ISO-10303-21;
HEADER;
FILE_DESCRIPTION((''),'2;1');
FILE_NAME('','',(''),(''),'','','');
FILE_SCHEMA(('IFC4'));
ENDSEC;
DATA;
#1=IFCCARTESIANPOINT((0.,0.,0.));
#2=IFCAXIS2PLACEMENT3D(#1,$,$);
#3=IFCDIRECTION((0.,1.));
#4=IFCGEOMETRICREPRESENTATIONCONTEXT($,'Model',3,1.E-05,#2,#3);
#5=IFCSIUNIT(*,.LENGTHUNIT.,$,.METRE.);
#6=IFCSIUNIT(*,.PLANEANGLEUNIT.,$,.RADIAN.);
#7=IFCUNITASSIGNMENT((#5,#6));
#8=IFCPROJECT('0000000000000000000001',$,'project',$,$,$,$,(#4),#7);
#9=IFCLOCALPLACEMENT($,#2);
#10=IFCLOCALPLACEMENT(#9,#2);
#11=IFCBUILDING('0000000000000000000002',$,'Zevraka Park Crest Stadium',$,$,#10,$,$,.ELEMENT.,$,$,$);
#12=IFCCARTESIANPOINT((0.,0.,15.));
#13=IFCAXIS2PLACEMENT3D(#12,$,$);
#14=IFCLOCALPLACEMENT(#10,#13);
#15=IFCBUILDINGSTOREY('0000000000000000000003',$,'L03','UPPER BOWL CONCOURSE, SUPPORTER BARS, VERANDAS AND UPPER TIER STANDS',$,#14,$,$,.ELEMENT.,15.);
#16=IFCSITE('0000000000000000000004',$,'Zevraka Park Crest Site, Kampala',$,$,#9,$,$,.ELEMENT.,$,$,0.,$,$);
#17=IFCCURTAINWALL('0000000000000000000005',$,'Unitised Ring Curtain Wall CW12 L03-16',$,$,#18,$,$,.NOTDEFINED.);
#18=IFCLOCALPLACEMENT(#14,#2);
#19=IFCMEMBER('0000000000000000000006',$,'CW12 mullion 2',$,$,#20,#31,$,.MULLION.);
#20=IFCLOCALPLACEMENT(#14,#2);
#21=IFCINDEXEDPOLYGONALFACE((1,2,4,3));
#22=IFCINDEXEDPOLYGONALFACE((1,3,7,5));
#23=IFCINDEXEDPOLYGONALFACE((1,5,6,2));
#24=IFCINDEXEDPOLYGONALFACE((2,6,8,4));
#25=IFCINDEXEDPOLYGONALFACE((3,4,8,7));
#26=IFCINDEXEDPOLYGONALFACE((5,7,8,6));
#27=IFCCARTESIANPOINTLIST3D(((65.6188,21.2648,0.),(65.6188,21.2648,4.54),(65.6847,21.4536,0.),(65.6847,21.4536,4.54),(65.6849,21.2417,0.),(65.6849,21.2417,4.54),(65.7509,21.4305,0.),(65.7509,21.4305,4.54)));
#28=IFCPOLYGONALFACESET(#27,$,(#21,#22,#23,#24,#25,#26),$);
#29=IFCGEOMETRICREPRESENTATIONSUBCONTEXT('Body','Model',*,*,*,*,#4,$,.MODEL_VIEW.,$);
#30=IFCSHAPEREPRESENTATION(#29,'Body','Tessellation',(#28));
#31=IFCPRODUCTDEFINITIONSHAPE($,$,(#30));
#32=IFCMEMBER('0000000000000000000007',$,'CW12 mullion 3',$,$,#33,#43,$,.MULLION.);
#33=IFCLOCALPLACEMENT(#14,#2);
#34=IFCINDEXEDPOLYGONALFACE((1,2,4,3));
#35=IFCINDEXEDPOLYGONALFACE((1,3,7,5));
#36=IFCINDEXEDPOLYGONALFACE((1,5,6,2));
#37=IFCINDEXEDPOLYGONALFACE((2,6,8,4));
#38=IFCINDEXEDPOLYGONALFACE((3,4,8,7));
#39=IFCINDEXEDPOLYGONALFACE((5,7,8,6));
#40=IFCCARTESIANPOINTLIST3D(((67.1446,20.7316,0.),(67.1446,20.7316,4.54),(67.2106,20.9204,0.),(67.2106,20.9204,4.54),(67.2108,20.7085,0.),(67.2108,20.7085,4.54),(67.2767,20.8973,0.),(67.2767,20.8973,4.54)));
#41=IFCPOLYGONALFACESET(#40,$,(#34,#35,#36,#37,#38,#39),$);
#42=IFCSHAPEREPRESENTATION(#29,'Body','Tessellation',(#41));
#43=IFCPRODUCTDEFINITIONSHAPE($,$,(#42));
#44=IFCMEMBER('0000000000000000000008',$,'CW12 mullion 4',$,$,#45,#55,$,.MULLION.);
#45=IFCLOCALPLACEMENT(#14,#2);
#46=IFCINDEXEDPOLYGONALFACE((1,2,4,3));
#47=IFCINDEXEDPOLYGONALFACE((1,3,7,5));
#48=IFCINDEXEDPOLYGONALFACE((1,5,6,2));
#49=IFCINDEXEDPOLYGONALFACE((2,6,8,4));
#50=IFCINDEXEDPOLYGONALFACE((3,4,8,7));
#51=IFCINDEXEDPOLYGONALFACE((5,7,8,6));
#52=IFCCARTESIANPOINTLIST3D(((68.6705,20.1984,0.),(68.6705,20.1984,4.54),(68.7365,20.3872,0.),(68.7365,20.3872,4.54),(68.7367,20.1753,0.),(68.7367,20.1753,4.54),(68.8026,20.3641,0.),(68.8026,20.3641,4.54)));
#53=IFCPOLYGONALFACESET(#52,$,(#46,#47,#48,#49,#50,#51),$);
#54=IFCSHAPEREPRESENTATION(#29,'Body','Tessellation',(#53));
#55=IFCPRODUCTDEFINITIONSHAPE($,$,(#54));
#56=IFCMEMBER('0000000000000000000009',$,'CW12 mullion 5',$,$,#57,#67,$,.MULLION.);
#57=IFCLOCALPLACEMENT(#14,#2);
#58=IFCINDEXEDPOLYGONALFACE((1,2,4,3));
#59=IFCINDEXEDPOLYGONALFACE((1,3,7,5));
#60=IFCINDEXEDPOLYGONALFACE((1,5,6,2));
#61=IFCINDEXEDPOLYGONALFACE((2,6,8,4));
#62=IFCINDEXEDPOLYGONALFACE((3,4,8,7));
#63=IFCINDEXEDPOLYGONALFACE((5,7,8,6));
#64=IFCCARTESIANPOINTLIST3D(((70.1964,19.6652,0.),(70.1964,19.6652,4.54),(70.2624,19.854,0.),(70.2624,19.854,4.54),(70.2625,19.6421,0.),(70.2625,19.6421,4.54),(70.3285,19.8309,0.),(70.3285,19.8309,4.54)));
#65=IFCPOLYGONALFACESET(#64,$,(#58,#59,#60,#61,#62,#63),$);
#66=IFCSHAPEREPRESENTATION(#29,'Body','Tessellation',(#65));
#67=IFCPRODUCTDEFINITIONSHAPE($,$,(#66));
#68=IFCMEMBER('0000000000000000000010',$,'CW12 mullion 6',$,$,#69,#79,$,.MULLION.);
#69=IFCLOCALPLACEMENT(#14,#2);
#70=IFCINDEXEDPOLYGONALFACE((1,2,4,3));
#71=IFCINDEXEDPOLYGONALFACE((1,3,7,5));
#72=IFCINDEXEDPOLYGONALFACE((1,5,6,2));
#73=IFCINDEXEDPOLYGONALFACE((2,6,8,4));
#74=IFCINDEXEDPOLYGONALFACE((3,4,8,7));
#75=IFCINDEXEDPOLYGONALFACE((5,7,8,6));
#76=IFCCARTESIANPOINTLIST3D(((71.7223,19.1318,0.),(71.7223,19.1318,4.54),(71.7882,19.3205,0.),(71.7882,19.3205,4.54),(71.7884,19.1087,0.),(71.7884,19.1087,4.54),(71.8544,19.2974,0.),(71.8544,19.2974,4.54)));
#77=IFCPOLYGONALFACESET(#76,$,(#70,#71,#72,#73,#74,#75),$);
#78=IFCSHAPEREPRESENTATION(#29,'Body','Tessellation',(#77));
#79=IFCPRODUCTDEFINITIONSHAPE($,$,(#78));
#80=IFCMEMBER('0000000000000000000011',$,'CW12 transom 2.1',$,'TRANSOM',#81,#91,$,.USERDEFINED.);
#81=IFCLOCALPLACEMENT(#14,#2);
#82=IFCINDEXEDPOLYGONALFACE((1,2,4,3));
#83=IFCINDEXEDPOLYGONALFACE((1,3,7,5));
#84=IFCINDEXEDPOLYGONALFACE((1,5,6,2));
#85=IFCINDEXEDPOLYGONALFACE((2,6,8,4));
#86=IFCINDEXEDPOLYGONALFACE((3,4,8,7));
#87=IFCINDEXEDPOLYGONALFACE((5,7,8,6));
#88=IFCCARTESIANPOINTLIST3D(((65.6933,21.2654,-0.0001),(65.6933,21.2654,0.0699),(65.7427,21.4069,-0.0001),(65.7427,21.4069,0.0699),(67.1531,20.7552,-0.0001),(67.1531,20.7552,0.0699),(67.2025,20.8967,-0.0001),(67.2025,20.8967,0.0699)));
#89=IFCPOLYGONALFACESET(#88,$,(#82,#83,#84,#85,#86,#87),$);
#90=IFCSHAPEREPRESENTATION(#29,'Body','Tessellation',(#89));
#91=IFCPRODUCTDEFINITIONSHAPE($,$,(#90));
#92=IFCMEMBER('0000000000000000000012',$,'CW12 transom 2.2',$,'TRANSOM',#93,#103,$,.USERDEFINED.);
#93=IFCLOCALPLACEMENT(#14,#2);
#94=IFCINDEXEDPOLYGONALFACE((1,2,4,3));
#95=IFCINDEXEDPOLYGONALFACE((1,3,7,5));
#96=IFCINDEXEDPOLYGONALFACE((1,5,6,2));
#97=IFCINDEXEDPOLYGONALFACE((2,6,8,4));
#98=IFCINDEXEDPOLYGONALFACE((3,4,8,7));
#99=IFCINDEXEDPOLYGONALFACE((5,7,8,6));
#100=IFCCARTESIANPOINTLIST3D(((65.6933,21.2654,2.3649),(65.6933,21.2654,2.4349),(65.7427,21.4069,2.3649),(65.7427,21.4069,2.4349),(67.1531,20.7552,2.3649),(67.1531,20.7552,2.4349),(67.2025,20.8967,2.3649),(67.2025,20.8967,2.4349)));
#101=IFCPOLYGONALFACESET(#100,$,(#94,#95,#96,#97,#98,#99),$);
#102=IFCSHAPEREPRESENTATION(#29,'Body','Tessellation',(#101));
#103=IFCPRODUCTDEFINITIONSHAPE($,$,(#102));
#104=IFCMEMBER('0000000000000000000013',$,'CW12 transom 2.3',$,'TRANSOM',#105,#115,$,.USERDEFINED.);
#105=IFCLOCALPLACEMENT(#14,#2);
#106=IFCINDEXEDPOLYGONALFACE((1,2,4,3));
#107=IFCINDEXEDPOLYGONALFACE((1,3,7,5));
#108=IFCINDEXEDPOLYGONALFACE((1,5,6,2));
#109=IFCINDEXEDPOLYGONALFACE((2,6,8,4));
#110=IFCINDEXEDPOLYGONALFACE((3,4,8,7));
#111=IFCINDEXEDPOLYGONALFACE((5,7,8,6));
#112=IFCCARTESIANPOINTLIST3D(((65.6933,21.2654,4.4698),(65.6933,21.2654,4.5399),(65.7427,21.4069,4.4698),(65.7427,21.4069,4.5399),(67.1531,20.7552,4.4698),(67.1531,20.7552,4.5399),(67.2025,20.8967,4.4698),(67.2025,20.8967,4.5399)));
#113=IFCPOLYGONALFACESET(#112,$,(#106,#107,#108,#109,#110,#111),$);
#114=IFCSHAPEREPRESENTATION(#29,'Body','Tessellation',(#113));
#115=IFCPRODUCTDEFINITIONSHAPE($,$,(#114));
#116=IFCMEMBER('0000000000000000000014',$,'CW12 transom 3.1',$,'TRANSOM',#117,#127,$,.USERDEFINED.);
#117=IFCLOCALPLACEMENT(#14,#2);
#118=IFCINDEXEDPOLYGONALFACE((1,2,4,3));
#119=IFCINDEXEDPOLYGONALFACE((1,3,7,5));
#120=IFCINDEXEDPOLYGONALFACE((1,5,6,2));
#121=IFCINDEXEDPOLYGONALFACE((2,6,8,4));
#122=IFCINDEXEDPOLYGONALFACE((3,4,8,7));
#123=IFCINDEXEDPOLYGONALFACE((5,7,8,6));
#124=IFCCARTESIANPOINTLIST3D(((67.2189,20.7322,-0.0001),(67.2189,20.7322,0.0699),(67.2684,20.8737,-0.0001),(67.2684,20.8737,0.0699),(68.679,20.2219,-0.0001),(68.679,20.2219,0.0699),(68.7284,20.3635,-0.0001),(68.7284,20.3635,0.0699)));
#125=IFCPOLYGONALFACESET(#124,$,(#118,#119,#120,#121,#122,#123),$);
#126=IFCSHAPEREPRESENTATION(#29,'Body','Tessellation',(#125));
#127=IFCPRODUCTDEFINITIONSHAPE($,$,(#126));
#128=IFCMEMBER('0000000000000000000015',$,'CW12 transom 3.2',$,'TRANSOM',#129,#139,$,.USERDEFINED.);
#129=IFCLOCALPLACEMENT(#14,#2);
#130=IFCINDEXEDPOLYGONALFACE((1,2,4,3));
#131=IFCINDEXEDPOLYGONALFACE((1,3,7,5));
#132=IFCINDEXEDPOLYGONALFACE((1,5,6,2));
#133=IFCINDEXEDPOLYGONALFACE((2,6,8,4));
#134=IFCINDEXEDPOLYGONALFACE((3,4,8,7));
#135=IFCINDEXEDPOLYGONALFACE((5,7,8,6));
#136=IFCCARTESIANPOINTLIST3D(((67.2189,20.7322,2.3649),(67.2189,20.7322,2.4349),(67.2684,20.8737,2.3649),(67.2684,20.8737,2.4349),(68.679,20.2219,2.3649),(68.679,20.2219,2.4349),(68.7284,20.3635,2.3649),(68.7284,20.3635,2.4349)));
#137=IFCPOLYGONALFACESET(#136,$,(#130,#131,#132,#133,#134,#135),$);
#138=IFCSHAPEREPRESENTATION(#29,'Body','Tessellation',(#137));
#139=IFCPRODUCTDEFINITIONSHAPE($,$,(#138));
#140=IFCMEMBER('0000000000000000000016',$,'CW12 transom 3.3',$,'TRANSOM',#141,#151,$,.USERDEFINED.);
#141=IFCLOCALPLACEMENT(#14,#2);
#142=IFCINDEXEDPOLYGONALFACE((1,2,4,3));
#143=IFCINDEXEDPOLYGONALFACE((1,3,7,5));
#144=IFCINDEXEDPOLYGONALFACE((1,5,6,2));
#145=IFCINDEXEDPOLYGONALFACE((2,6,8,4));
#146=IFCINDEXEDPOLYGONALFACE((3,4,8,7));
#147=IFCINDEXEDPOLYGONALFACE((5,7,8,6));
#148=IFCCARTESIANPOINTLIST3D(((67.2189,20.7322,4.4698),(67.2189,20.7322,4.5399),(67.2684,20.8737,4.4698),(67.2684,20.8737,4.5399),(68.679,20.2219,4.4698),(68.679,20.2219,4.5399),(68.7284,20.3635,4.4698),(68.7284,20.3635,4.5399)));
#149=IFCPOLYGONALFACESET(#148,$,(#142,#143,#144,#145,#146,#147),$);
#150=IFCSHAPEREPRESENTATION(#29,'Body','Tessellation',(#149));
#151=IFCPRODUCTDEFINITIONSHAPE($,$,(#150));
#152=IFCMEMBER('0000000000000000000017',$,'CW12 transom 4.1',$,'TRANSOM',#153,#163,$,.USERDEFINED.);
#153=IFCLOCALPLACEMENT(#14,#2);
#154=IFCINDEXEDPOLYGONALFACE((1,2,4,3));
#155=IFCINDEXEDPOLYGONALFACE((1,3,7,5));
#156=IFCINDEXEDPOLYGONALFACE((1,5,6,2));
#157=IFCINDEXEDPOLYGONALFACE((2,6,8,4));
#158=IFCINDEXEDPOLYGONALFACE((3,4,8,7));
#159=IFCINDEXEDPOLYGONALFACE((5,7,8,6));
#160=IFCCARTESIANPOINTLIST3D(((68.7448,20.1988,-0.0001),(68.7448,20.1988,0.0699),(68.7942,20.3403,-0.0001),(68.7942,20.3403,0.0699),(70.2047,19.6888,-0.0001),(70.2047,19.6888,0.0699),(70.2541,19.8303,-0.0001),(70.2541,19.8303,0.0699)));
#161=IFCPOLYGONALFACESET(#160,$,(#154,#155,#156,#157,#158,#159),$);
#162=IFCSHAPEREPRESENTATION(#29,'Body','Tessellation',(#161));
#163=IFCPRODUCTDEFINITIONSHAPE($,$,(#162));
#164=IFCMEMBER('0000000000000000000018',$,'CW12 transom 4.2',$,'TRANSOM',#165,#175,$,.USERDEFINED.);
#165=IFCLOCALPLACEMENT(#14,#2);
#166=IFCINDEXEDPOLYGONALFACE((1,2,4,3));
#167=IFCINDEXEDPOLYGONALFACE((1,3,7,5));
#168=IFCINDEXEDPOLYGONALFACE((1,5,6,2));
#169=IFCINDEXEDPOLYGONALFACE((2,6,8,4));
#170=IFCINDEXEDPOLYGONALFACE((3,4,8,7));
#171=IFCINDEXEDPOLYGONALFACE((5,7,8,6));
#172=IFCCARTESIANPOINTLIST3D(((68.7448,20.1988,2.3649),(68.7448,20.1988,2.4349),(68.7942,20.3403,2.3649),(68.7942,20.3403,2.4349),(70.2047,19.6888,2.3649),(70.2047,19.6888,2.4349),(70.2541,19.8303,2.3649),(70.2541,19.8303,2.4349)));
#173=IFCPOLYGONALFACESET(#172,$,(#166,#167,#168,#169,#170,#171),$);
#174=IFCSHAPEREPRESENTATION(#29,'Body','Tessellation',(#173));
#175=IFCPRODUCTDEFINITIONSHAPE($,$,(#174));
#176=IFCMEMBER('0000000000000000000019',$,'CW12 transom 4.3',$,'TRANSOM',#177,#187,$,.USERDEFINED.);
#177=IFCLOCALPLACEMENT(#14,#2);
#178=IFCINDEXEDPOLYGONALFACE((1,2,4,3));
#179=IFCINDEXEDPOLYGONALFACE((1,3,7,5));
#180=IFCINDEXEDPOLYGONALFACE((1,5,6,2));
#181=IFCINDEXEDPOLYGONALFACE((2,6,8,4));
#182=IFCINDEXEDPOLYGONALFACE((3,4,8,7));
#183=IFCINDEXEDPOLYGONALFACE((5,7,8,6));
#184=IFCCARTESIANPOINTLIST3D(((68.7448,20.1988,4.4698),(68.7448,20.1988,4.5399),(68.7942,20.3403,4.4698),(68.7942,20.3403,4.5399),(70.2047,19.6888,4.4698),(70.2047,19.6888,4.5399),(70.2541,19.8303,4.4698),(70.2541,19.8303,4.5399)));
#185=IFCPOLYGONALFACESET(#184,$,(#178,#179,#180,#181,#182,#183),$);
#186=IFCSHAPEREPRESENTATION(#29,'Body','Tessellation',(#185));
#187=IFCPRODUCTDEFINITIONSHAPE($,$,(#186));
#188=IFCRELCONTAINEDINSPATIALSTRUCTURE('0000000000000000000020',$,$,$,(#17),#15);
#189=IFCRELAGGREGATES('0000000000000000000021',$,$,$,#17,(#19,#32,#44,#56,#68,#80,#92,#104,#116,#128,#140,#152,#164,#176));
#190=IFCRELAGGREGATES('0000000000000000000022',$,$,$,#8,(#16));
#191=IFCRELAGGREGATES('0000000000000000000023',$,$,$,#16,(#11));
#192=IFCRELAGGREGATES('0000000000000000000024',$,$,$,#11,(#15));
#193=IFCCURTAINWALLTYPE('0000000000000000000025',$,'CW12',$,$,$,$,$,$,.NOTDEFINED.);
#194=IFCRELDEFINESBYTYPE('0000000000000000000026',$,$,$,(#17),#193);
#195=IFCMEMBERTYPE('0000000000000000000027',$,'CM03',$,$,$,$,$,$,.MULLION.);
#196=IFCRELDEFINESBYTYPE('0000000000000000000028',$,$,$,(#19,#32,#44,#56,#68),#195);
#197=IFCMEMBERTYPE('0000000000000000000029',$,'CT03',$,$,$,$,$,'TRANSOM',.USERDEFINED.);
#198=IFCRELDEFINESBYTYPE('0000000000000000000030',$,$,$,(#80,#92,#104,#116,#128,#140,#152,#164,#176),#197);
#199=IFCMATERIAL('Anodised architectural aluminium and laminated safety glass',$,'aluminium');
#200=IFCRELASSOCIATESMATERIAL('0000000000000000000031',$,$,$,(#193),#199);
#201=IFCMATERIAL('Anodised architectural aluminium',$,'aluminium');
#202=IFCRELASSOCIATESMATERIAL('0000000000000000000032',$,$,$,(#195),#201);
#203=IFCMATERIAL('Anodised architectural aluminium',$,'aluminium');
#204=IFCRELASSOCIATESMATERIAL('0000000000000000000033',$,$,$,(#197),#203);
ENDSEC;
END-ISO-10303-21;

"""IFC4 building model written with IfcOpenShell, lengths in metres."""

from ifc_helpers import new_model, si_unit, direction, frame, origin, origin_2d, place, context, subcontext, project, spatial, rectangle, extrude, material, material_profile, profile_set, type_object, element, aggregate, save


model = new_model("IFC4")

# Units and contexts
model_context = context("Model", 3, precision=1e-05, world=origin(), true_north=direction((0.0, 1.0)))
body_context = subcontext(model_context, "Body", "Model", "MODEL_VIEW")
ifc_project = project(units=[si_unit("LENGTHUNIT", "METRE"), si_unit("PLANEANGLEUNIT", "RADIAN")], contexts=[model_context])

# Site, building, storey
site_placement = place(None, origin())
site = spatial("IfcSite", under=ifc_project, at=site_placement, Name="Zevraka Park Crest Site, Kampala", CompositionType="ELEMENT", RefElevation=0.0)
building_placement = place(site_placement, origin())
building = spatial("IfcBuilding", under=site, at=building_placement, Name="Zevraka Park Crest Stadium", CompositionType="ELEMENT")
storey_placement = place(building_placement, frame((0.0, 0.0, 15.0)))
storey = spatial("IfcBuildingStorey", under=building, at=storey_placement, Name="L03", Description="UPPER BOWL CONCOURSE, SUPPORTER BARS, VERANDAS AND UPPER TIER STANDS", CompositionType="ELEMENT", Elevation=15.0)

# Curtain wall, members
ifc_material_1 = material(Name="Anodised architectural aluminium and laminated safety glass", Category="aluminium")
curtain_wall_type = type_object("IfcCurtainWallType", Name="CW12", PredefinedType="NOTDEFINED", material=ifc_material_1)
curtain_wall_placement = place(storey_placement, origin())
curtain_wall = element("IfcCurtainWall", 1, at=curtain_wall_placement, inside=storey, type_object=curtain_wall_type, Name="Unitised Ring Curtain Wall CW12 L03-16", PredefinedType="NOTDEFINED")
ifc_material_2 = material(Name="Anodised architectural aluminium", Category="aluminium")
ifc_material_profile_1 = material_profile(ifc_material_2, rectangle(XDim=0.2, YDim=0.0701, at=origin_2d()), Name="ALU MULLION 200x70")
ifc_profile_set_1 = profile_set([ifc_material_profile_1], Name="Anodised architectural aluminium")
member_type_1 = type_object("IfcMemberType", Name="CM03", PredefinedType="MULLION", material=ifc_profile_set_1)
member_1_placement = place(storey_placement, frame((65.6848, 21.3477, 0.0), z_axis=(0.0, 0.0, 1.0), x_axis=(0.329917, 0.94401, 0.0)))
member_1 = element("IfcMember", 2, at=member_1_placement, type_object=member_type_1, Name="CW12 mullion 2", PredefinedType="MULLION", context=body_context, shape_type="SweptSolid", body=[
    extrude(rectangle(XDim=0.2, YDim=0.0701, at=origin_2d()), origin(), (0.0, 0.0, 1.0), 4.54),
])
member_2_placement = place(storey_placement, frame((67.2107, 20.8145, 0.0), z_axis=(0.0, 0.0, 1.0), x_axis=(0.329917, 0.94401, 0.0)))
member_2 = element("IfcMember", 3, at=member_2_placement, type_object=member_type_1, Name="CW12 mullion 3", PredefinedType="MULLION", context=body_context, shape_type="SweptSolid", body=[
    extrude(rectangle(XDim=0.2, YDim=0.0701, at=origin_2d()), origin(), (0.0, 0.0, 1.0), 4.54),
])
member_3_placement = place(storey_placement, frame((68.7366, 20.2812, 0.0), z_axis=(0.0, 0.0, 1.0), x_axis=(0.329917, 0.94401, 0.0)))
member_3 = element("IfcMember", 4, at=member_3_placement, type_object=member_type_1, Name="CW12 mullion 4", PredefinedType="MULLION", context=body_context, shape_type="SweptSolid", body=[
    extrude(rectangle(XDim=0.2, YDim=0.0701, at=origin_2d()), origin(), (0.0, 0.0, 1.0), 4.54),
])
member_4_placement = place(storey_placement, frame((70.2625, 19.748, 0.0), z_axis=(0.0, 0.0, 1.0), x_axis=(0.329917, 0.94401, 0.0)))
member_4 = element("IfcMember", 5, at=member_4_placement, type_object=member_type_1, Name="CW12 mullion 5", PredefinedType="MULLION", context=body_context, shape_type="SweptSolid", body=[
    extrude(rectangle(XDim=0.2, YDim=0.0701, at=origin_2d()), origin(), (0.0, 0.0, 1.0), 4.54),
])
member_5_placement = place(storey_placement, frame((71.7883, 19.2146, 0.0), z_axis=(0.0, 0.0, 1.0), x_axis=(0.329917, 0.94401, 0.0)))
member_5 = element("IfcMember", 6, at=member_5_placement, type_object=member_type_1, Name="CW12 mullion 6", PredefinedType="MULLION", context=body_context, shape_type="SweptSolid", body=[
    extrude(rectangle(XDim=0.2, YDim=0.0701, at=origin_2d()), origin(), (0.0, 0.0, 1.0), 4.54),
])
ifc_material_3 = material(Name="Anodised architectural aluminium", Category="aluminium")
ifc_material_profile_2 = material_profile(ifc_material_3, rectangle(XDim=0.1499, YDim=0.0701, at=origin_2d()), Name="ALU TRANSOM 150x70")
ifc_profile_set_2 = profile_set([ifc_material_profile_2], Name="Anodised architectural aluminium")
member_type_2 = type_object("IfcMemberType", Name="CT03", ElementType="TRANSOM", PredefinedType="USERDEFINED", material=ifc_profile_set_2)
member_6_placement = place(storey_placement, frame((65.718, 21.3362, 0.0349), z_axis=(0.943989, -0.329978, 0.0), x_axis=(0.329978, 0.943989, 0.0)))
member_6 = element("IfcMember", 7, at=member_6_placement, type_object=member_type_2, Name="CW12 transom 2.1", ObjectType="TRANSOM", PredefinedType="USERDEFINED", context=body_context, shape_type="SweptSolid", body=[
    extrude(rectangle(XDim=0.1499, YDim=0.0701, at=origin_2d()), origin(), (0.0, 0.0, 1.0), 1.5464),
])
member_7_placement = place(storey_placement, frame((65.718, 21.3362, 2.3999), z_axis=(0.943989, -0.329978, 0.0), x_axis=(0.329978, 0.943989, 0.0)))
member_7 = element("IfcMember", 8, at=member_7_placement, type_object=member_type_2, Name="CW12 transom 2.2", ObjectType="TRANSOM", PredefinedType="USERDEFINED", context=body_context, shape_type="SweptSolid", body=[
    extrude(rectangle(XDim=0.1499, YDim=0.0701, at=origin_2d()), origin(), (0.0, 0.0, 1.0), 1.5464),
])
member_8_placement = place(storey_placement, frame((65.718, 21.3362, 4.5049), z_axis=(0.943989, -0.329978, 0.0), x_axis=(0.329978, 0.943989, 0.0)))
member_8 = element("IfcMember", 9, at=member_8_placement, type_object=member_type_2, Name="CW12 transom 2.3", ObjectType="TRANSOM", PredefinedType="USERDEFINED", context=body_context, shape_type="SweptSolid", body=[
    extrude(rectangle(XDim=0.1499, YDim=0.0701, at=origin_2d()), origin(), (0.0, 0.0, 1.0), 1.5464),
])
member_9_placement = place(storey_placement, frame((67.2437, 20.803, 0.0349), z_axis=(0.944006, -0.329928, 0.0), x_axis=(0.329928, 0.944006, 0.0)))
member_9 = element("IfcMember", 10, at=member_9_placement, type_object=member_type_2, Name="CW12 transom 3.1", ObjectType="TRANSOM", PredefinedType="USERDEFINED", context=body_context, shape_type="SweptSolid", body=[
    extrude(rectangle(XDim=0.1499, YDim=0.0701, at=origin_2d()), origin(), (0.0, 0.0, 1.0), 1.5466),
])
member_10_placement = place(storey_placement, frame((67.2437, 20.803, 2.3999), z_axis=(0.944006, -0.329928, 0.0), x_axis=(0.329928, 0.944006, 0.0)))
member_10 = element("IfcMember", 11, at=member_10_placement, type_object=member_type_2, Name="CW12 transom 3.2", ObjectType="TRANSOM", PredefinedType="USERDEFINED", context=body_context, shape_type="SweptSolid", body=[
    extrude(rectangle(XDim=0.1499, YDim=0.0701, at=origin_2d()), origin(), (0.0, 0.0, 1.0), 1.5466),
])
member_11_placement = place(storey_placement, frame((67.2437, 20.803, 4.5049), z_axis=(0.944006, -0.329928, 0.0), x_axis=(0.329928, 0.944006, 0.0)))
member_11 = element("IfcMember", 12, at=member_11_placement, type_object=member_type_2, Name="CW12 transom 3.3", ObjectType="TRANSOM", PredefinedType="USERDEFINED", context=body_context, shape_type="SweptSolid", body=[
    extrude(rectangle(XDim=0.1499, YDim=0.0701, at=origin_2d()), origin(), (0.0, 0.0, 1.0), 1.5466),
])
member_12_placement = place(storey_placement, frame((68.7695, 20.2695, 0.0349), z_axis=(0.944055, -0.329788, 0.0), x_axis=(0.329788, 0.944055, 0.0)))
member_12 = element("IfcMember", 13, at=member_12_placement, type_object=member_type_2, Name="CW12 transom 4.1", ObjectType="TRANSOM", PredefinedType="USERDEFINED", context=body_context, shape_type="SweptSolid", body=[
    extrude(rectangle(XDim=0.1499, YDim=0.0701, at=origin_2d()), origin(), (0.0, 0.0, 1.0), 1.5464),
])
member_13_placement = place(storey_placement, frame((68.7695, 20.2695, 2.3999), z_axis=(0.944055, -0.329788, 0.0), x_axis=(0.329788, 0.944055, 0.0)))
member_13 = element("IfcMember", 14, at=member_13_placement, type_object=member_type_2, Name="CW12 transom 4.2", ObjectType="TRANSOM", PredefinedType="USERDEFINED", context=body_context, shape_type="SweptSolid", body=[
    extrude(rectangle(XDim=0.1499, YDim=0.0701, at=origin_2d()), origin(), (0.0, 0.0, 1.0), 1.5464),
])
member_14_placement = place(storey_placement, frame((68.7695, 20.2695, 4.5049), z_axis=(0.944055, -0.329788, 0.0), x_axis=(0.329788, 0.944055, 0.0)))
member_14 = element("IfcMember", 15, at=member_14_placement, type_object=member_type_2, Name="CW12 transom 4.3", ObjectType="TRANSOM", PredefinedType="USERDEFINED", context=body_context, shape_type="SweptSolid", body=[
    extrude(rectangle(XDim=0.1499, YDim=0.0701, at=origin_2d()), origin(), (0.0, 0.0, 1.0), 1.5464),
])
aggregate(curtain_wall, [member_1, member_2, member_3, member_4, member_5, member_6, member_7, member_8, member_9, member_10, member_11, member_12, member_13, member_14])

save(model, "model.ifc")
